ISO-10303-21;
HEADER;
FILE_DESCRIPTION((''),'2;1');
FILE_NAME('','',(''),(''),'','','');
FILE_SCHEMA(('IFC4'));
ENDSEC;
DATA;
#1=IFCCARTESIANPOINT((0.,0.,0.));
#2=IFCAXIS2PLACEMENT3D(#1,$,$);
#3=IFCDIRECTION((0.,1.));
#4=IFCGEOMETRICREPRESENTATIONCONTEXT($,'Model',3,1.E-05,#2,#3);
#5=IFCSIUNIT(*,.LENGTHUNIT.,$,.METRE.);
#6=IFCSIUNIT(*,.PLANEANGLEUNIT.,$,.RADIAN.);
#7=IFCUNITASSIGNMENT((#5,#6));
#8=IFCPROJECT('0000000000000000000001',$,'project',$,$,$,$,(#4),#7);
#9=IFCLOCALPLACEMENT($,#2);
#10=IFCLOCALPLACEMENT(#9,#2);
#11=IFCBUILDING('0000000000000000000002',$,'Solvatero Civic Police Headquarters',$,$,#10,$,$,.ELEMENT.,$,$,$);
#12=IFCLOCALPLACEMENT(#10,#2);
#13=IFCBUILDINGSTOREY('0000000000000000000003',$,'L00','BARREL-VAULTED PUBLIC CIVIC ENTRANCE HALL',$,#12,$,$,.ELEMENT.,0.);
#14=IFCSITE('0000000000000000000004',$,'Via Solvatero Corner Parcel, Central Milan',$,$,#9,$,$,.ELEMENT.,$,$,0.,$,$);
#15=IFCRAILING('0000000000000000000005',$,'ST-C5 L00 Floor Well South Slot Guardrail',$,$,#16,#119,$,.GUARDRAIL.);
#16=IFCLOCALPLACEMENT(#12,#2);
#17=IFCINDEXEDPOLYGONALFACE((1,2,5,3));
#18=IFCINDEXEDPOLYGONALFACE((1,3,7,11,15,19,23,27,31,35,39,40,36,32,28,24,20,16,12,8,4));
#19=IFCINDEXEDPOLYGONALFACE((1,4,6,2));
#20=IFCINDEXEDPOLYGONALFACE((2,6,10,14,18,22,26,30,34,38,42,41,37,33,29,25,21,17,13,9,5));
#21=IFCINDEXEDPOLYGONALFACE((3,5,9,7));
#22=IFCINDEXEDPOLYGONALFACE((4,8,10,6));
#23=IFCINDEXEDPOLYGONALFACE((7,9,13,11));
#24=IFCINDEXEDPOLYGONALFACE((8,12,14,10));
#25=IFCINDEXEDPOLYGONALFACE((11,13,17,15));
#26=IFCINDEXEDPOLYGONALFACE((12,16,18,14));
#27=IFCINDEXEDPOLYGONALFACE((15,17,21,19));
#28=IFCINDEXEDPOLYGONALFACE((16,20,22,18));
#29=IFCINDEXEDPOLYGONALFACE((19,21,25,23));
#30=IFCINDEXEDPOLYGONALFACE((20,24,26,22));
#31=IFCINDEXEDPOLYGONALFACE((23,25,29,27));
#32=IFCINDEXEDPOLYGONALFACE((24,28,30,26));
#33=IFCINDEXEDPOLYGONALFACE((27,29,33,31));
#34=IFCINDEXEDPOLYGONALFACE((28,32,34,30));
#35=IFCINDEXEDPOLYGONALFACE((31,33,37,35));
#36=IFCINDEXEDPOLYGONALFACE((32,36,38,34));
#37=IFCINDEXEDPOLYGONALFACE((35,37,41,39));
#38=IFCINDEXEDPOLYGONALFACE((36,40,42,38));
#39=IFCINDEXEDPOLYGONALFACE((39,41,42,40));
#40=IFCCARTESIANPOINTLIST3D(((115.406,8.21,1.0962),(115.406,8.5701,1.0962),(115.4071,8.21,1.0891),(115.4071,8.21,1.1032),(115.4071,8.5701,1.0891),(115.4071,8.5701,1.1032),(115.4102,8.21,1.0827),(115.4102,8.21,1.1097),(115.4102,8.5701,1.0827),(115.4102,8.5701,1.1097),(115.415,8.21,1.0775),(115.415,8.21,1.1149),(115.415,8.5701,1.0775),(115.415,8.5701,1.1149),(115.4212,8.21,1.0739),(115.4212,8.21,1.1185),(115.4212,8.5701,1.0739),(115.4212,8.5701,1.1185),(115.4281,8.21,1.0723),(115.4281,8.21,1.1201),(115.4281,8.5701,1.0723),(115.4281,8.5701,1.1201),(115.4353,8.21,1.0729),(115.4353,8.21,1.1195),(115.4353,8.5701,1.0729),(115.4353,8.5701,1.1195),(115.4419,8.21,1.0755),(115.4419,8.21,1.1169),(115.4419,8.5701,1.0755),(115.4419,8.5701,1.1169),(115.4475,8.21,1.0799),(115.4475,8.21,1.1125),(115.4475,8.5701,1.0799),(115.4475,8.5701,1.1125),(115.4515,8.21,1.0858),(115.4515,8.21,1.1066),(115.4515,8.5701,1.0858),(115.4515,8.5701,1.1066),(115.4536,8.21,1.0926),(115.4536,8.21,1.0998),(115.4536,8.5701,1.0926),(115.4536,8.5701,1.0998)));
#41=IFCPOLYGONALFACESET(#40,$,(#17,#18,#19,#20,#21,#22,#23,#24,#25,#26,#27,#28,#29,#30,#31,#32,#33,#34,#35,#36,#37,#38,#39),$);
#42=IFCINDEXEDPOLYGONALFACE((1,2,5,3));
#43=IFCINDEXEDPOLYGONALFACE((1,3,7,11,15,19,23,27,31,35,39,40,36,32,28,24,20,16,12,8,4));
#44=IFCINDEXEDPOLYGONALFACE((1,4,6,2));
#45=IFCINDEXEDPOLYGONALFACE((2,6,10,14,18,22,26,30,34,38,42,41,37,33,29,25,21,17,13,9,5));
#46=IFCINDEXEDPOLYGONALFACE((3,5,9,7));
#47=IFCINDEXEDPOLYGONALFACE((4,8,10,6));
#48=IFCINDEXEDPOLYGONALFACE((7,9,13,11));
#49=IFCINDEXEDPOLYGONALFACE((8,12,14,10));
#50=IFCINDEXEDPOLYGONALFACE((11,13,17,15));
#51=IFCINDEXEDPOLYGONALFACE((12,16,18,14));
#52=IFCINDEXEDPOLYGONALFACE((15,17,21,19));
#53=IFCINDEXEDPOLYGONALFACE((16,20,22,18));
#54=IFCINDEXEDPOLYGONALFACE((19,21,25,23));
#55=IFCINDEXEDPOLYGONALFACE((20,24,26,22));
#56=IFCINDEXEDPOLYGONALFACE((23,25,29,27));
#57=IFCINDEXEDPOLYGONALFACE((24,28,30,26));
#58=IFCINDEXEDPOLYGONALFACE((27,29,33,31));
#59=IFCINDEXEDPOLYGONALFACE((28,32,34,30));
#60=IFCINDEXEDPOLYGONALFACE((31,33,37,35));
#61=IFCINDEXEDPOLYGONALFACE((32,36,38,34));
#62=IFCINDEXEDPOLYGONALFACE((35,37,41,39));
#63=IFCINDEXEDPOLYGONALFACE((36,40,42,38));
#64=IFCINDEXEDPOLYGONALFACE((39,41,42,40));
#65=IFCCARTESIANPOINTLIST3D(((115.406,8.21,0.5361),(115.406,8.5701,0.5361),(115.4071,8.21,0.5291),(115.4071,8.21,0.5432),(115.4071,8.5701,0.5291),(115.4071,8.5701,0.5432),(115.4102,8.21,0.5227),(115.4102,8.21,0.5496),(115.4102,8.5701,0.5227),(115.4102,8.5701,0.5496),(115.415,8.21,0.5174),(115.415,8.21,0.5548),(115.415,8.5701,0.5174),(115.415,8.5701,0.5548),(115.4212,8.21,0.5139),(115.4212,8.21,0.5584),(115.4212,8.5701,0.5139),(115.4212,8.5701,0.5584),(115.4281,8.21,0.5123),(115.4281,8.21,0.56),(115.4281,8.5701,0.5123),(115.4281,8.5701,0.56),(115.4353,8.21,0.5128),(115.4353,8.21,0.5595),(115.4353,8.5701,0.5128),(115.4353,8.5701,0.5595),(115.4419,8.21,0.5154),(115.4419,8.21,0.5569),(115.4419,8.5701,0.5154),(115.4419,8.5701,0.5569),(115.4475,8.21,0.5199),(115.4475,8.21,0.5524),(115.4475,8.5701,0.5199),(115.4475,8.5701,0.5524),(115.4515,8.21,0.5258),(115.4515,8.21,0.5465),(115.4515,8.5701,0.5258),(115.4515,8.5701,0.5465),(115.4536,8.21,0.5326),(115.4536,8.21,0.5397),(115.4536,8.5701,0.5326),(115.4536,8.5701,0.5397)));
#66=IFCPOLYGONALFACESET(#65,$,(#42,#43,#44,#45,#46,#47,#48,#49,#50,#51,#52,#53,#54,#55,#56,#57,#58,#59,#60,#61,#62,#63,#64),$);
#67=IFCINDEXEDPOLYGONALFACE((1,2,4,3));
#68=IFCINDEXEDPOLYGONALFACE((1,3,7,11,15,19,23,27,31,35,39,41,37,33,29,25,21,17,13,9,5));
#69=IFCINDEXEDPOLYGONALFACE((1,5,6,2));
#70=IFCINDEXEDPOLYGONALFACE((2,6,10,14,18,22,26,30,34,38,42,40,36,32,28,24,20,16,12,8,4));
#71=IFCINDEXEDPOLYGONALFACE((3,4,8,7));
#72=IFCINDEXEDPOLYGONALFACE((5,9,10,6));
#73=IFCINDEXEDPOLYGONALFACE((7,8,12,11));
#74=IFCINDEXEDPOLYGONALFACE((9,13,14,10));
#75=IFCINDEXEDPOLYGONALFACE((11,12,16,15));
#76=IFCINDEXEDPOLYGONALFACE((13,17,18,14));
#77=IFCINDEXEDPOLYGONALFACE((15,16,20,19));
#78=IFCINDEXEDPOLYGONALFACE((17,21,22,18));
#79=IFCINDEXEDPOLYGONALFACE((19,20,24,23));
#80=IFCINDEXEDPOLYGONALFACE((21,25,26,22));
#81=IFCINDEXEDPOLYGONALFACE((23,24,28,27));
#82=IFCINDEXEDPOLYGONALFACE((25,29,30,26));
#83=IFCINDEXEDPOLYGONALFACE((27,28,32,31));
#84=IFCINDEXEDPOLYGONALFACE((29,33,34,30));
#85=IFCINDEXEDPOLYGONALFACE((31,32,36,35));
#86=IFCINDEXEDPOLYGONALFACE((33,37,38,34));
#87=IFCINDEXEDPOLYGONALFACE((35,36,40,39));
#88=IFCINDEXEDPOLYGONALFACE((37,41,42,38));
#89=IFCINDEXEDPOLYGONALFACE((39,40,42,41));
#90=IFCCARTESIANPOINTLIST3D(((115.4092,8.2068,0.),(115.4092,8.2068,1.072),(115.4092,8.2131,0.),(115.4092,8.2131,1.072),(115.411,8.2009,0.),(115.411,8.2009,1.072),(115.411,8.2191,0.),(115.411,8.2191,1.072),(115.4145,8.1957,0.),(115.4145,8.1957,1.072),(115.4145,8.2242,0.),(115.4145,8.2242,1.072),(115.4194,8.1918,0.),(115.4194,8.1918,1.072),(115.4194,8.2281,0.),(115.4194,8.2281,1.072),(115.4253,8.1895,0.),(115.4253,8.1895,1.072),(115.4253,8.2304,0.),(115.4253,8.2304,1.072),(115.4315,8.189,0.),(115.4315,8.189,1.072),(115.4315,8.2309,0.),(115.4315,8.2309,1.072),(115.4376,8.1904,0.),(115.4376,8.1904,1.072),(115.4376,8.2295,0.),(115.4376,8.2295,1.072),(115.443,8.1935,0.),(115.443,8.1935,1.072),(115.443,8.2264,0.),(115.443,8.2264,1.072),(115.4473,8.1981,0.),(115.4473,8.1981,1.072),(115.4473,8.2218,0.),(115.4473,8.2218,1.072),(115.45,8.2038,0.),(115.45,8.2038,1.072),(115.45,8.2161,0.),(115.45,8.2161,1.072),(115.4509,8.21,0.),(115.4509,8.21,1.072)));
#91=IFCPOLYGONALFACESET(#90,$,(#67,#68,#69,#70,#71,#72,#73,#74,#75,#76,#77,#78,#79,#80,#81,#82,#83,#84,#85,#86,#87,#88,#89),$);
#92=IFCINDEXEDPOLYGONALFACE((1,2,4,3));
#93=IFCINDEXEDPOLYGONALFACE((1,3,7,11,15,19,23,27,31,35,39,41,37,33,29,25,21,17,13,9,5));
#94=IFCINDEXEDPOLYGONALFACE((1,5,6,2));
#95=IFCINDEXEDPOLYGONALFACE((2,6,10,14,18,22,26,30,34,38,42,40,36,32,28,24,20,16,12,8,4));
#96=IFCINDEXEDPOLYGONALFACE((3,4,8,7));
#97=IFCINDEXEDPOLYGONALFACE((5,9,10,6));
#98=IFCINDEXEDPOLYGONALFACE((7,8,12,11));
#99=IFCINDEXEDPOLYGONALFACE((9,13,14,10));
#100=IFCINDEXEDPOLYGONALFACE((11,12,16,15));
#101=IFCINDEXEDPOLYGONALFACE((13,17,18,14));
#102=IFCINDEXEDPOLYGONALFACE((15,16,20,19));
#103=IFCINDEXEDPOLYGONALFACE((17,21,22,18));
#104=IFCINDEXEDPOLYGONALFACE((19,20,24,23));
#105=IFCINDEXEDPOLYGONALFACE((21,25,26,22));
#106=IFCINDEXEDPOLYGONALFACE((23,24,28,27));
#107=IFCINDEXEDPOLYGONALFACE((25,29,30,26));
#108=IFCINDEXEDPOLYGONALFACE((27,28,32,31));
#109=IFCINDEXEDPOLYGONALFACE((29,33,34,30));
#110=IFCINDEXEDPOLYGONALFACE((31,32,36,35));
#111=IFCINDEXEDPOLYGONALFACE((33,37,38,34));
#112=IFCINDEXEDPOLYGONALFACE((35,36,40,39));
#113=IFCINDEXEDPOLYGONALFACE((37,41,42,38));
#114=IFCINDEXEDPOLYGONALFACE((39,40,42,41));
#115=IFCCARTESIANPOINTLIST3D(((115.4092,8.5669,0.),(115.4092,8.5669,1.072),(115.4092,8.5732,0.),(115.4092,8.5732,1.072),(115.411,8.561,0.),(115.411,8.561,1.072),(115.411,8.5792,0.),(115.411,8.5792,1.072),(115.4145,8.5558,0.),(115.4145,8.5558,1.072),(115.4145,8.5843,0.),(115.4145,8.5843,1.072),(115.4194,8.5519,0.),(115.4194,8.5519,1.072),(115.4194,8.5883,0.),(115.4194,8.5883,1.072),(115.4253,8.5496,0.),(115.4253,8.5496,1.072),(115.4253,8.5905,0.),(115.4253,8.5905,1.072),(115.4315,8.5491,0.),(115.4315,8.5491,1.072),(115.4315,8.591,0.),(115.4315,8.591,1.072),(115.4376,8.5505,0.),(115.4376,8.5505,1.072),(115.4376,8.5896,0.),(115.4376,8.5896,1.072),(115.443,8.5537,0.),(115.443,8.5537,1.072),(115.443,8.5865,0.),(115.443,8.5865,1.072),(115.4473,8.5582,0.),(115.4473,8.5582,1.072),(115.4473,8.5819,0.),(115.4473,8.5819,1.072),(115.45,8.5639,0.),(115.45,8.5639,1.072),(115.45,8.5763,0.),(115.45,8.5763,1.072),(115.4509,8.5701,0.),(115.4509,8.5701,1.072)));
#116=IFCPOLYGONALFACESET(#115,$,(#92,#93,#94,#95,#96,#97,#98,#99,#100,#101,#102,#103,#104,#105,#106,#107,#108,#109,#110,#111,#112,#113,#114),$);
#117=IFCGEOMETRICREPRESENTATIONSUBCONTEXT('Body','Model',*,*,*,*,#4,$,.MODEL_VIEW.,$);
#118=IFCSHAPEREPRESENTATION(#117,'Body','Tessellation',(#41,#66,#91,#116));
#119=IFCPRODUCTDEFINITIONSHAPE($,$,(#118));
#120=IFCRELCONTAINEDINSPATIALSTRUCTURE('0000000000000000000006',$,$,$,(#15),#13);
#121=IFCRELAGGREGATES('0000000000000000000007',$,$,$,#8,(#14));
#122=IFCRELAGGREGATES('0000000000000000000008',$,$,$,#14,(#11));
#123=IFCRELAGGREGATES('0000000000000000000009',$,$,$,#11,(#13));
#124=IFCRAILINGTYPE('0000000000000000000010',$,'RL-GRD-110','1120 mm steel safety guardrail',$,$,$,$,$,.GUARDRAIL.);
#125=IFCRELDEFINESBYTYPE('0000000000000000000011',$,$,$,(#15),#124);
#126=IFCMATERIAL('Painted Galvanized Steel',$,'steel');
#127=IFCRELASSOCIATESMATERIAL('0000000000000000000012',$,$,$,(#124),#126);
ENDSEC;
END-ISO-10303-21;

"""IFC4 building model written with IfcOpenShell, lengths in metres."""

from ifc_helpers import new_model, si_unit, direction, frame, origin, origin_2d, place, context, subcontext, project, spatial, circle, extrude, material, type_object, element, save


model = new_model("IFC4")

# Units and contexts
model_context = context("Model", 3, precision=1e-05, world=origin(), true_north=direction((0.0, 1.0)))
body_context = subcontext(model_context, "Body", "Model", "MODEL_VIEW")
ifc_project = project(units=[si_unit("LENGTHUNIT", "METRE"), si_unit("PLANEANGLEUNIT", "RADIAN")], contexts=[model_context])

# Site, building, storey
site_placement = place(None, origin())
site = spatial("IfcSite", under=ifc_project, at=site_placement, Name="Via Solvatero Corner Parcel, Central Milan", CompositionType="ELEMENT", RefElevation=0.0)
building_placement = place(site_placement, origin())
building = spatial("IfcBuilding", under=site, at=building_placement, Name="Solvatero Civic Police Headquarters", CompositionType="ELEMENT")
storey_placement = place(building_placement, origin())
storey = spatial("IfcBuildingStorey", under=building, at=storey_placement, Name="L00", Description="BARREL-VAULTED PUBLIC CIVIC ENTRANCE HALL", CompositionType="ELEMENT", Elevation=0.0)

# Railing
ifc_material_1 = material(Name="Painted Galvanized Steel", Category="steel")
railing_type_1 = type_object("IfcRailingType", Name="RL-GRD-110", Description="1120 mm steel safety guardrail", PredefinedType="GUARDRAIL", material=ifc_material_1)
railing_1_placement = place(storey_placement, frame((115.4299, 8.21, 0.0)))
element("IfcRailing", 1, at=railing_1_placement, inside=storey, type_object=railing_type_1, Name="ST-C5 L00 Floor Well South Slot Guardrail", PredefinedType="GUARDRAIL", context=body_context, shape_type="SweptSolid", body=[
    extrude(circle(Radius=0.0239, at=origin_2d()), frame((0.0, 0.0, 1.0962), z_axis=(0.0, 1.0, 0.0), x_axis=(-1.0, 0.0, 0.0)), (0.0, 0.0, 1.0), 0.3601),
    extrude(circle(Radius=0.0239, at=origin_2d()), frame((0.0, 0.0, 0.5361), z_axis=(0.0, 1.0, 0.0), x_axis=(-1.0, 0.0, 0.0)), (0.0, 0.0, 1.0), 0.3601),
    extrude(circle(Radius=0.021, at=origin_2d()), origin(), (0.0, 0.0, 1.0), 1.072),
    extrude(circle(Radius=0.021, at=origin_2d()), frame((0.0, 0.3601, 0.0)), (0.0, 0.0, 1.0), 1.072),
])

save(model, "model.ifc")
